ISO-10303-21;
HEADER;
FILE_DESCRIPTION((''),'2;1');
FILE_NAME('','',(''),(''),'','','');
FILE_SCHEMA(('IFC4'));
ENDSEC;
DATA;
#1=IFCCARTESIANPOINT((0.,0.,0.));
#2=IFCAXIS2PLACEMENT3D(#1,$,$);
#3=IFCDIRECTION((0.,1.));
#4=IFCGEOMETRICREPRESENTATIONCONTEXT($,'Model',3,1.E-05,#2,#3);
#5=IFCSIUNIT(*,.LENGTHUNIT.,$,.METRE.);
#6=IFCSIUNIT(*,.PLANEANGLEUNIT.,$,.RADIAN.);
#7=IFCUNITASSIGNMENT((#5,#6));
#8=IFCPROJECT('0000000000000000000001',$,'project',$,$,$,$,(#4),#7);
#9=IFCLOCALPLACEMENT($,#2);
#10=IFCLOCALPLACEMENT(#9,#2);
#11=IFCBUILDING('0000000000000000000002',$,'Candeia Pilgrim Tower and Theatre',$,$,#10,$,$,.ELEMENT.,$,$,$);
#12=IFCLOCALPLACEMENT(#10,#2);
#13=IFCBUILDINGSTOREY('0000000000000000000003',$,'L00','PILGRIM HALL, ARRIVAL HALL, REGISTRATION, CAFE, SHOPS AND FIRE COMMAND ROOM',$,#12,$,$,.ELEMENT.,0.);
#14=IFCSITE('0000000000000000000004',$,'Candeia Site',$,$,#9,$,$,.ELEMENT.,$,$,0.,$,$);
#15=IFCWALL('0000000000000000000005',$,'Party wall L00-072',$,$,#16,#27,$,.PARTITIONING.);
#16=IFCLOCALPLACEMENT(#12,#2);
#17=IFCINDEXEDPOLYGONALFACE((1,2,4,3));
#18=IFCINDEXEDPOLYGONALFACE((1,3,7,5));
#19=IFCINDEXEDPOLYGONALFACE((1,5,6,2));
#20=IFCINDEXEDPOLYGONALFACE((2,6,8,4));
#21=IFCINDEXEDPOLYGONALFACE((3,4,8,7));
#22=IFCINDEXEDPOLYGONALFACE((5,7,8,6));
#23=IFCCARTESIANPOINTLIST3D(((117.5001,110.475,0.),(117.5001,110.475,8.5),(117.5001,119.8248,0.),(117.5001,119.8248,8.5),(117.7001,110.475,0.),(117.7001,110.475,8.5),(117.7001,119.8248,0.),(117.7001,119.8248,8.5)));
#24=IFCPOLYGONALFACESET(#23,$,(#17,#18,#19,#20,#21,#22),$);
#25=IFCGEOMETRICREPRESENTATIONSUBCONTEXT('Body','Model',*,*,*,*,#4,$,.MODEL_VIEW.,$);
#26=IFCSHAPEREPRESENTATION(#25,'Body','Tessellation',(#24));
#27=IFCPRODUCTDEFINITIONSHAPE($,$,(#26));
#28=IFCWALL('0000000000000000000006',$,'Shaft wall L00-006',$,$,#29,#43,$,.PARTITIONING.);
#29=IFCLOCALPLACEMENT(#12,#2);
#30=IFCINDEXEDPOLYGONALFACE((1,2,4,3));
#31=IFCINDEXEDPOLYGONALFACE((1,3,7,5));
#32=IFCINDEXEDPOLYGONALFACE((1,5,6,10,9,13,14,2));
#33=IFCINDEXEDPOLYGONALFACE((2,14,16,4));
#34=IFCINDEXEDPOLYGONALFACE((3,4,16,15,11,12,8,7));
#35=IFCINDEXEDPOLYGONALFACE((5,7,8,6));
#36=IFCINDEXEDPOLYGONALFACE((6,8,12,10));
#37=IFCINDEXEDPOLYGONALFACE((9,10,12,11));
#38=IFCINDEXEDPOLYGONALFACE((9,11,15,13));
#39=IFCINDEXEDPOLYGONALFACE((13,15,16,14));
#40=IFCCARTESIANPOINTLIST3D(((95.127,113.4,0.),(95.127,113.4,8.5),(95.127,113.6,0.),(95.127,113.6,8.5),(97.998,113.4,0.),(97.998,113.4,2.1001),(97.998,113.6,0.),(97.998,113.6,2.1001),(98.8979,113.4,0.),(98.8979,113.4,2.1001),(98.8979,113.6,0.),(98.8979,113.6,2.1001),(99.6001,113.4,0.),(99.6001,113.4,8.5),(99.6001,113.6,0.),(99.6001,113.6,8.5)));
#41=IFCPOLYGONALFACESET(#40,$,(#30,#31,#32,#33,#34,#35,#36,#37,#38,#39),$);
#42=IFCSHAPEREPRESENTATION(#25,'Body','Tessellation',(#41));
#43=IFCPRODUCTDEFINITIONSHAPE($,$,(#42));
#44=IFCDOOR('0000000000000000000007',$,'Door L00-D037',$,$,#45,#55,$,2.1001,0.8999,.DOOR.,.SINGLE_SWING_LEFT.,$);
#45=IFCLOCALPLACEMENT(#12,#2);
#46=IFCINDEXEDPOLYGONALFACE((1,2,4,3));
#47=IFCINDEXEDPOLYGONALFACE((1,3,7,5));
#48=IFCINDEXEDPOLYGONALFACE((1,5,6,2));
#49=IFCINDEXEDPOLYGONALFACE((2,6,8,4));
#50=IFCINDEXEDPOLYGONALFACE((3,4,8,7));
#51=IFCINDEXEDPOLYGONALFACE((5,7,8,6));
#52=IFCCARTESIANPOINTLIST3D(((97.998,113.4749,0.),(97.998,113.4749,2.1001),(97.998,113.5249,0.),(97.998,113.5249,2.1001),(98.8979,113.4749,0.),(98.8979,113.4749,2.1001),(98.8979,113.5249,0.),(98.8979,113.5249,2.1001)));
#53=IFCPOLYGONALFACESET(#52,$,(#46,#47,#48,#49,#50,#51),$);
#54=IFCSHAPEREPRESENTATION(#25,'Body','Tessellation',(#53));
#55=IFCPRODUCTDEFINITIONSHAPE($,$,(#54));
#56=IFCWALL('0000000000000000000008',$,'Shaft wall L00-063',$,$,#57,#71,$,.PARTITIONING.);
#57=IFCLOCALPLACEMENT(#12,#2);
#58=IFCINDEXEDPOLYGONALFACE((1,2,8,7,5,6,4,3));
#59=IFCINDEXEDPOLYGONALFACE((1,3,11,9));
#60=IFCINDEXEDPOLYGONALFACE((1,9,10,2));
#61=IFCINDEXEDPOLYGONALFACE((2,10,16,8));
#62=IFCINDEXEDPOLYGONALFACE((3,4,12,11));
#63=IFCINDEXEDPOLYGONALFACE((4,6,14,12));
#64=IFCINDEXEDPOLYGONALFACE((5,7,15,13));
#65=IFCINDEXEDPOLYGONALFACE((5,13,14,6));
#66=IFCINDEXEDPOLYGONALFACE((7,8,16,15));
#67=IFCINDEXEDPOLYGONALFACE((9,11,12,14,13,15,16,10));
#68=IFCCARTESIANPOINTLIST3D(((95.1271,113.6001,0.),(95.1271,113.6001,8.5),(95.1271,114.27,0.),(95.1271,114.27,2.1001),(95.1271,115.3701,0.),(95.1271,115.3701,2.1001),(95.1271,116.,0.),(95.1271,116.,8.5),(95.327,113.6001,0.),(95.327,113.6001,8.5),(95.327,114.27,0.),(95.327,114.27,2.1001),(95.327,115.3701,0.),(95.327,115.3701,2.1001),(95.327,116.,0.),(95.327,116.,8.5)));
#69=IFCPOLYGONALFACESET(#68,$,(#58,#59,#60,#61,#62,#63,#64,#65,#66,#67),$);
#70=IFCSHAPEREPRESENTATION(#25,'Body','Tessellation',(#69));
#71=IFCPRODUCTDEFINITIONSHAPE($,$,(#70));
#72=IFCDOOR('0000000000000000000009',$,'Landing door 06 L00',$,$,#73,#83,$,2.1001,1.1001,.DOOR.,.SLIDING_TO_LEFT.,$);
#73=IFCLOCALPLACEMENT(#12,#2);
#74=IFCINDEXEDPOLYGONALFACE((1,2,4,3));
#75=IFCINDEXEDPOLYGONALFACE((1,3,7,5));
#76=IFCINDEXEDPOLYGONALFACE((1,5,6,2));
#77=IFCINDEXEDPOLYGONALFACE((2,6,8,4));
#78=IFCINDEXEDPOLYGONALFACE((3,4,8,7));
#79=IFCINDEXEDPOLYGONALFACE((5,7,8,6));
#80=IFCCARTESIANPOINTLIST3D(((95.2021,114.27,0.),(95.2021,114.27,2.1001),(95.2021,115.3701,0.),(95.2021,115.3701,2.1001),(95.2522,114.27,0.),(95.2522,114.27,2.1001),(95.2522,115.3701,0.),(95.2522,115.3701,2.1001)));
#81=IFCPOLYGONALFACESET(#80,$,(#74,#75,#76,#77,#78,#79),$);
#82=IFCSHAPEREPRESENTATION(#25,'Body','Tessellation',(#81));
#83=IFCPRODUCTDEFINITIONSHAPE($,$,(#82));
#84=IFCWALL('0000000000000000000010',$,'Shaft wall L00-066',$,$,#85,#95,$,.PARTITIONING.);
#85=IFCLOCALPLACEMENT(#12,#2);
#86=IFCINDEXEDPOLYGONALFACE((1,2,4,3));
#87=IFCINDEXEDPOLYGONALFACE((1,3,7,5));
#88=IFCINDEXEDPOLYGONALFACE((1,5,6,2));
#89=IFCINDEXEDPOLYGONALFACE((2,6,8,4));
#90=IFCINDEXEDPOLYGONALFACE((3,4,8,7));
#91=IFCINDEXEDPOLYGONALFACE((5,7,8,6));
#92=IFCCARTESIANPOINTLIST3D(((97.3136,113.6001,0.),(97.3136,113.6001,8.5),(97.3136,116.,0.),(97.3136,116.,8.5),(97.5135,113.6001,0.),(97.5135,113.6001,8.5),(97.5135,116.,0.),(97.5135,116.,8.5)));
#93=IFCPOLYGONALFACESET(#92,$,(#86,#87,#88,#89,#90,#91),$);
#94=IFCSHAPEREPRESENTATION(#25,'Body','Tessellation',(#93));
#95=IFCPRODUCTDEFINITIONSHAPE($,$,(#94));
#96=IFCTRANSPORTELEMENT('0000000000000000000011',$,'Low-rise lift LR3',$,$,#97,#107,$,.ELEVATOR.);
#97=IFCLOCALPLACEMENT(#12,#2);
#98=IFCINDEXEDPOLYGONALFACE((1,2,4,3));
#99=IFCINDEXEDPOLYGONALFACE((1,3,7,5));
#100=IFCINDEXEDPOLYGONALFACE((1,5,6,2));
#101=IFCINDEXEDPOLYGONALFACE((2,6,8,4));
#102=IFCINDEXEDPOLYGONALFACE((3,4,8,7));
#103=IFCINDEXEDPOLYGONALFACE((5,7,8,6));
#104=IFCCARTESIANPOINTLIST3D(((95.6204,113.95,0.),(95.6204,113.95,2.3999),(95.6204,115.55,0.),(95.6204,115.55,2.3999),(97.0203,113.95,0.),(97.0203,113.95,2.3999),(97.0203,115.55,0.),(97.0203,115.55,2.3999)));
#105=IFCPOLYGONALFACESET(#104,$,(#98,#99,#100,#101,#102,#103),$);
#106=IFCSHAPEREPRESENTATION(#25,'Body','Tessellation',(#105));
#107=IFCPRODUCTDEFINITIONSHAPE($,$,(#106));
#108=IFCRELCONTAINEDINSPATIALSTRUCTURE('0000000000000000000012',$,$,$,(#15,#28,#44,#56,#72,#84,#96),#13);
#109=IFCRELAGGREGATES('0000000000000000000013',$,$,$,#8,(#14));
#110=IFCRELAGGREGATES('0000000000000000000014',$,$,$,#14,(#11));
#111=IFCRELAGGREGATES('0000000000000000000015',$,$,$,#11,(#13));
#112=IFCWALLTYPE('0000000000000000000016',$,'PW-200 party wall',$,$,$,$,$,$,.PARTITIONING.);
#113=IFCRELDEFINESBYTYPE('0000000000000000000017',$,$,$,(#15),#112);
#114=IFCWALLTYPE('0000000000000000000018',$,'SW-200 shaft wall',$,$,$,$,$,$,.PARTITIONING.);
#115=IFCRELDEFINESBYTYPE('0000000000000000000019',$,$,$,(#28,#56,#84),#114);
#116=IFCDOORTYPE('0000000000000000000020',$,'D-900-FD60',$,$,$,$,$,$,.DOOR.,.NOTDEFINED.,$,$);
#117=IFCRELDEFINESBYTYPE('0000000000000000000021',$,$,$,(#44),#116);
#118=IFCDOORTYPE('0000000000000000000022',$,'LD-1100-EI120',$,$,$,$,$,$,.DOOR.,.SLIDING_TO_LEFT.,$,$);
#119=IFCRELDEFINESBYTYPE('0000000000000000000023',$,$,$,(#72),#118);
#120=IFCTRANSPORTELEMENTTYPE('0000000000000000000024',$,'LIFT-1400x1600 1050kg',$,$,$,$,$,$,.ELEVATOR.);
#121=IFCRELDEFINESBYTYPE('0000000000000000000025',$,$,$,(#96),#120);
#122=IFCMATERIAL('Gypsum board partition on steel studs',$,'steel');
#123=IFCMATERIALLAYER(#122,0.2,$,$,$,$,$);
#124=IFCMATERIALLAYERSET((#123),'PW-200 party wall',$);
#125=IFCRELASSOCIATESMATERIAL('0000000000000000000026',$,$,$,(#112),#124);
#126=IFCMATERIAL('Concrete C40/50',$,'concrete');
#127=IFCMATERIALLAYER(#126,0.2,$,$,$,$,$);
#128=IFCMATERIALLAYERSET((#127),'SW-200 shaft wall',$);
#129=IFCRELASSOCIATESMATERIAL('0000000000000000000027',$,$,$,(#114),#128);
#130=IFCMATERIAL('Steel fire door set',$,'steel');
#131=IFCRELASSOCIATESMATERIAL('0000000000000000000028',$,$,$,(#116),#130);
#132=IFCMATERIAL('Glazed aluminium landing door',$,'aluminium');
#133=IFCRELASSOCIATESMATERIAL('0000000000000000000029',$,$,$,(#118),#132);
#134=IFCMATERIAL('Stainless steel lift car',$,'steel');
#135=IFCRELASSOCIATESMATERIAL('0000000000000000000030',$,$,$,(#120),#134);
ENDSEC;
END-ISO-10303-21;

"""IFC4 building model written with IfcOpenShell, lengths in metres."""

from ifc_helpers import new_model, si_unit, direction, frame, frame_2d, origin, origin_2d, place, context, subcontext, project, spatial, rectangle, extrude, material, layer, layer_set, type_object, element, fill, save


model = new_model("IFC4")

# Units and contexts
model_context = context("Model", 3, precision=1e-05, world=origin(), true_north=direction((0.0, 1.0)))
body_context = subcontext(model_context, "Body", "Model", "MODEL_VIEW")
ifc_project = project(units=[si_unit("LENGTHUNIT", "METRE"), si_unit("PLANEANGLEUNIT", "RADIAN")], contexts=[model_context])

# Site, building, storey
site_placement = place(None, origin())
site = spatial("IfcSite", under=ifc_project, at=site_placement, Name="Candeia Site", CompositionType="ELEMENT", RefElevation=0.0)
building_placement = place(site_placement, origin())
building = spatial("IfcBuilding", under=site, at=building_placement, Name="Candeia Pilgrim Tower and Theatre", CompositionType="ELEMENT")
storey_placement = place(building_placement, origin())
storey = spatial("IfcBuildingStorey", under=building, at=storey_placement, Name="L00", Description="PILGRIM HALL, ARRIVAL HALL, REGISTRATION, CAFE, SHOPS AND FIRE COMMAND ROOM", CompositionType="ELEMENT", Elevation=0.0)

# Shared definitions
ifc_material_1 = material(Name="Concrete C40/50", Category="concrete")

# Shared definitions
ifc_material_2 = material(Name="Steel fire door set", Category="steel")

# Wall
ifc_material_3 = material(Name="Gypsum board partition on steel studs", Category="steel")
ifc_layer_1 = layer(ifc_material_3, 0.2)
ifc_layer_set_1 = layer_set([ifc_layer_1], Name="PW-200 party wall")
wall_type_1 = type_object("IfcWallType", Name="PW-200 party wall", PredefinedType="PARTITIONING", material=ifc_layer_set_1)
for number, where, z_axis, x_axis, name in (
    (1, (117.6001, 110.4751, 0.0), (0.0, 0.0, 1.0), (0.0, 1.0, 0.0), "Party wall L00-072"),
):
    element("IfcWall", number, at=place(storey_placement, frame(where, z_axis=z_axis, x_axis=x_axis)), inside=storey, type_object=wall_type_1, Name=name, PredefinedType="PARTITIONING", context=body_context, shape_type="SweptSolid", body=[
        extrude(rectangle(XDim=9.3499, YDim=0.2, at=frame_2d((4.6748, 0.0))), origin(), (0.0, 0.0, 1.0), 8.5),
    ])

# Walls, openings, doors
ifc_layer_2 = layer(ifc_material_1, 0.2)
ifc_layer_set_2 = layer_set([ifc_layer_2], Name="SW-200 shaft wall")
wall_type_2 = type_object("IfcWallType", Name="SW-200 shaft wall", PredefinedType="PARTITIONING", material=ifc_layer_set_2)
wall_1_placement = place(storey_placement, frame((95.127, 113.5, 0.0), z_axis=(0.0, 0.0, 1.0), x_axis=(1.0, 0.0, 0.0)))
wall_1 = element("IfcWall", 2, at=wall_1_placement, inside=storey, type_object=wall_type_2, Name="Shaft wall L00-006", PredefinedType="PARTITIONING", context=body_context, shape_type="SweptSolid", body=[
    extrude(rectangle(XDim=4.4731, YDim=0.2, at=frame_2d((2.2366, 0.0))), origin(), (0.0, 0.0, 1.0), 8.5),
])
opening_1_placement = place(wall_1_placement, frame((2.8711, 0.0, 0.0)))
opening_1 = element("IfcOpeningElement", 3, at=opening_1_placement, cuts=wall_1, PredefinedType="OPENING", context=body_context, shape_type="SweptSolid", body=[
    extrude(rectangle(XDim=0.8999, YDim=2.1001, at=frame_2d((0.45, 1.05))), frame((0.0, 0.1099, 0.0), z_axis=(0.0, -1.0, 0.0), x_axis=(1.0, 0.0, 0.0)), (0.0, 0.0, 1.0), 0.22),
])
door_type_1 = type_object("IfcDoorType", Name="D-900-FD60", OperationType="NOTDEFINED", PredefinedType="DOOR", material=ifc_material_2)
door_1_placement = place(opening_1_placement, origin())
door_1 = element("IfcDoor", 4, at=door_1_placement, inside=storey, type_object=door_type_1, Name="Door L00-D037", OperationType="SINGLE_SWING_LEFT", OverallHeight=2.1001, OverallWidth=0.8999, PredefinedType="DOOR", context=body_context, shape_type="SweptSolid", body=[
    extrude(rectangle(XDim=0.8999, YDim=2.1001, at=frame_2d((0.45, 1.05))), frame((0.0, 0.0249, 0.0), z_axis=(0.0, -1.0, 0.0), x_axis=(1.0, 0.0, 0.0)), (0.0, 0.0, 1.0), 0.05),
])
fill(opening_1, door_1)
wall_2_placement = place(storey_placement, frame((95.2271, 113.6001, 0.0), z_axis=(0.0, 0.0, 1.0), x_axis=(0.0, 1.0, 0.0)))
wall_2 = element("IfcWall", 5, at=wall_2_placement, inside=storey, type_object=wall_type_2, Name="Shaft wall L00-063", PredefinedType="PARTITIONING", context=body_context, shape_type="SweptSolid", body=[
    extrude(rectangle(XDim=2.3999, YDim=0.2, at=frame_2d((1.2, 0.0))), origin(), (0.0, 0.0, 1.0), 8.5),
])
opening_2_placement = place(wall_2_placement, frame((0.6699, 0.0, 0.0)))
opening_2 = element("IfcOpeningElement", 6, at=opening_2_placement, cuts=wall_2, PredefinedType="OPENING", context=body_context, shape_type="SweptSolid", body=[
    extrude(rectangle(XDim=1.1001, YDim=2.1001, at=frame_2d((0.55, 1.05))), frame((0.0, 0.1099, 0.0), z_axis=(0.0, -1.0, 0.0), x_axis=(1.0, 0.0, 0.0)), (0.0, 0.0, 1.0), 0.22),
])
ifc_material_4 = material(Name="Glazed aluminium landing door", Category="aluminium")
door_type_2 = type_object("IfcDoorType", Name="LD-1100-EI120", OperationType="SLIDING_TO_LEFT", PredefinedType="DOOR", material=ifc_material_4)
door_2_placement = place(opening_2_placement, origin())
door_2 = element("IfcDoor", 7, at=door_2_placement, inside=storey, type_object=door_type_2, Name="Landing door 06 L00", OperationType="SLIDING_TO_LEFT", OverallHeight=2.1001, OverallWidth=1.1001, PredefinedType="DOOR", context=body_context, shape_type="SweptSolid", body=[
    extrude(rectangle(XDim=1.1001, YDim=2.1001, at=frame_2d((0.55, 1.05))), frame((0.0, 0.0249, 0.0), z_axis=(0.0, -1.0, 0.0), x_axis=(1.0, 0.0, 0.0)), (0.0, 0.0, 1.0), 0.05),
])
fill(opening_2, door_2)

# Wall
wall_3_placement = place(storey_placement, frame((97.4136, 113.6001, 0.0), z_axis=(0.0, 0.0, 1.0), x_axis=(0.0, 1.0, 0.0)))
element("IfcWall", 8, at=wall_3_placement, inside=storey, type_object=wall_type_2, Name="Shaft wall L00-066", PredefinedType="PARTITIONING", context=body_context, shape_type="SweptSolid", body=[
    extrude(rectangle(XDim=2.3999, YDim=0.2, at=frame_2d((1.2, 0.0))), origin(), (0.0, 0.0, 1.0), 8.5),
])

# Transport element
ifc_material_5 = material(Name="Stainless steel lift car", Category="steel")
transport_element_type = type_object("IfcTransportElementType", Name="LIFT-1400x1600 1050kg", PredefinedType="ELEVATOR", material=ifc_material_5)
transport_element_placement = place(storey_placement, frame((96.3203, 114.75, 0.0), z_axis=(0.0, 0.0, 1.0), x_axis=(1.0, 0.0, 0.0)))
element("IfcTransportElement", 9, at=transport_element_placement, inside=storey, type_object=transport_element_type, Name="Low-rise lift LR3", PredefinedType="ELEVATOR", context=body_context, shape_type="SweptSolid", body=[
    extrude(rectangle(XDim=1.3999, YDim=1.6001, at=origin_2d()), origin(), (0.0, 0.0, 1.0), 2.3999),
])

save(model, "model.ifc")
